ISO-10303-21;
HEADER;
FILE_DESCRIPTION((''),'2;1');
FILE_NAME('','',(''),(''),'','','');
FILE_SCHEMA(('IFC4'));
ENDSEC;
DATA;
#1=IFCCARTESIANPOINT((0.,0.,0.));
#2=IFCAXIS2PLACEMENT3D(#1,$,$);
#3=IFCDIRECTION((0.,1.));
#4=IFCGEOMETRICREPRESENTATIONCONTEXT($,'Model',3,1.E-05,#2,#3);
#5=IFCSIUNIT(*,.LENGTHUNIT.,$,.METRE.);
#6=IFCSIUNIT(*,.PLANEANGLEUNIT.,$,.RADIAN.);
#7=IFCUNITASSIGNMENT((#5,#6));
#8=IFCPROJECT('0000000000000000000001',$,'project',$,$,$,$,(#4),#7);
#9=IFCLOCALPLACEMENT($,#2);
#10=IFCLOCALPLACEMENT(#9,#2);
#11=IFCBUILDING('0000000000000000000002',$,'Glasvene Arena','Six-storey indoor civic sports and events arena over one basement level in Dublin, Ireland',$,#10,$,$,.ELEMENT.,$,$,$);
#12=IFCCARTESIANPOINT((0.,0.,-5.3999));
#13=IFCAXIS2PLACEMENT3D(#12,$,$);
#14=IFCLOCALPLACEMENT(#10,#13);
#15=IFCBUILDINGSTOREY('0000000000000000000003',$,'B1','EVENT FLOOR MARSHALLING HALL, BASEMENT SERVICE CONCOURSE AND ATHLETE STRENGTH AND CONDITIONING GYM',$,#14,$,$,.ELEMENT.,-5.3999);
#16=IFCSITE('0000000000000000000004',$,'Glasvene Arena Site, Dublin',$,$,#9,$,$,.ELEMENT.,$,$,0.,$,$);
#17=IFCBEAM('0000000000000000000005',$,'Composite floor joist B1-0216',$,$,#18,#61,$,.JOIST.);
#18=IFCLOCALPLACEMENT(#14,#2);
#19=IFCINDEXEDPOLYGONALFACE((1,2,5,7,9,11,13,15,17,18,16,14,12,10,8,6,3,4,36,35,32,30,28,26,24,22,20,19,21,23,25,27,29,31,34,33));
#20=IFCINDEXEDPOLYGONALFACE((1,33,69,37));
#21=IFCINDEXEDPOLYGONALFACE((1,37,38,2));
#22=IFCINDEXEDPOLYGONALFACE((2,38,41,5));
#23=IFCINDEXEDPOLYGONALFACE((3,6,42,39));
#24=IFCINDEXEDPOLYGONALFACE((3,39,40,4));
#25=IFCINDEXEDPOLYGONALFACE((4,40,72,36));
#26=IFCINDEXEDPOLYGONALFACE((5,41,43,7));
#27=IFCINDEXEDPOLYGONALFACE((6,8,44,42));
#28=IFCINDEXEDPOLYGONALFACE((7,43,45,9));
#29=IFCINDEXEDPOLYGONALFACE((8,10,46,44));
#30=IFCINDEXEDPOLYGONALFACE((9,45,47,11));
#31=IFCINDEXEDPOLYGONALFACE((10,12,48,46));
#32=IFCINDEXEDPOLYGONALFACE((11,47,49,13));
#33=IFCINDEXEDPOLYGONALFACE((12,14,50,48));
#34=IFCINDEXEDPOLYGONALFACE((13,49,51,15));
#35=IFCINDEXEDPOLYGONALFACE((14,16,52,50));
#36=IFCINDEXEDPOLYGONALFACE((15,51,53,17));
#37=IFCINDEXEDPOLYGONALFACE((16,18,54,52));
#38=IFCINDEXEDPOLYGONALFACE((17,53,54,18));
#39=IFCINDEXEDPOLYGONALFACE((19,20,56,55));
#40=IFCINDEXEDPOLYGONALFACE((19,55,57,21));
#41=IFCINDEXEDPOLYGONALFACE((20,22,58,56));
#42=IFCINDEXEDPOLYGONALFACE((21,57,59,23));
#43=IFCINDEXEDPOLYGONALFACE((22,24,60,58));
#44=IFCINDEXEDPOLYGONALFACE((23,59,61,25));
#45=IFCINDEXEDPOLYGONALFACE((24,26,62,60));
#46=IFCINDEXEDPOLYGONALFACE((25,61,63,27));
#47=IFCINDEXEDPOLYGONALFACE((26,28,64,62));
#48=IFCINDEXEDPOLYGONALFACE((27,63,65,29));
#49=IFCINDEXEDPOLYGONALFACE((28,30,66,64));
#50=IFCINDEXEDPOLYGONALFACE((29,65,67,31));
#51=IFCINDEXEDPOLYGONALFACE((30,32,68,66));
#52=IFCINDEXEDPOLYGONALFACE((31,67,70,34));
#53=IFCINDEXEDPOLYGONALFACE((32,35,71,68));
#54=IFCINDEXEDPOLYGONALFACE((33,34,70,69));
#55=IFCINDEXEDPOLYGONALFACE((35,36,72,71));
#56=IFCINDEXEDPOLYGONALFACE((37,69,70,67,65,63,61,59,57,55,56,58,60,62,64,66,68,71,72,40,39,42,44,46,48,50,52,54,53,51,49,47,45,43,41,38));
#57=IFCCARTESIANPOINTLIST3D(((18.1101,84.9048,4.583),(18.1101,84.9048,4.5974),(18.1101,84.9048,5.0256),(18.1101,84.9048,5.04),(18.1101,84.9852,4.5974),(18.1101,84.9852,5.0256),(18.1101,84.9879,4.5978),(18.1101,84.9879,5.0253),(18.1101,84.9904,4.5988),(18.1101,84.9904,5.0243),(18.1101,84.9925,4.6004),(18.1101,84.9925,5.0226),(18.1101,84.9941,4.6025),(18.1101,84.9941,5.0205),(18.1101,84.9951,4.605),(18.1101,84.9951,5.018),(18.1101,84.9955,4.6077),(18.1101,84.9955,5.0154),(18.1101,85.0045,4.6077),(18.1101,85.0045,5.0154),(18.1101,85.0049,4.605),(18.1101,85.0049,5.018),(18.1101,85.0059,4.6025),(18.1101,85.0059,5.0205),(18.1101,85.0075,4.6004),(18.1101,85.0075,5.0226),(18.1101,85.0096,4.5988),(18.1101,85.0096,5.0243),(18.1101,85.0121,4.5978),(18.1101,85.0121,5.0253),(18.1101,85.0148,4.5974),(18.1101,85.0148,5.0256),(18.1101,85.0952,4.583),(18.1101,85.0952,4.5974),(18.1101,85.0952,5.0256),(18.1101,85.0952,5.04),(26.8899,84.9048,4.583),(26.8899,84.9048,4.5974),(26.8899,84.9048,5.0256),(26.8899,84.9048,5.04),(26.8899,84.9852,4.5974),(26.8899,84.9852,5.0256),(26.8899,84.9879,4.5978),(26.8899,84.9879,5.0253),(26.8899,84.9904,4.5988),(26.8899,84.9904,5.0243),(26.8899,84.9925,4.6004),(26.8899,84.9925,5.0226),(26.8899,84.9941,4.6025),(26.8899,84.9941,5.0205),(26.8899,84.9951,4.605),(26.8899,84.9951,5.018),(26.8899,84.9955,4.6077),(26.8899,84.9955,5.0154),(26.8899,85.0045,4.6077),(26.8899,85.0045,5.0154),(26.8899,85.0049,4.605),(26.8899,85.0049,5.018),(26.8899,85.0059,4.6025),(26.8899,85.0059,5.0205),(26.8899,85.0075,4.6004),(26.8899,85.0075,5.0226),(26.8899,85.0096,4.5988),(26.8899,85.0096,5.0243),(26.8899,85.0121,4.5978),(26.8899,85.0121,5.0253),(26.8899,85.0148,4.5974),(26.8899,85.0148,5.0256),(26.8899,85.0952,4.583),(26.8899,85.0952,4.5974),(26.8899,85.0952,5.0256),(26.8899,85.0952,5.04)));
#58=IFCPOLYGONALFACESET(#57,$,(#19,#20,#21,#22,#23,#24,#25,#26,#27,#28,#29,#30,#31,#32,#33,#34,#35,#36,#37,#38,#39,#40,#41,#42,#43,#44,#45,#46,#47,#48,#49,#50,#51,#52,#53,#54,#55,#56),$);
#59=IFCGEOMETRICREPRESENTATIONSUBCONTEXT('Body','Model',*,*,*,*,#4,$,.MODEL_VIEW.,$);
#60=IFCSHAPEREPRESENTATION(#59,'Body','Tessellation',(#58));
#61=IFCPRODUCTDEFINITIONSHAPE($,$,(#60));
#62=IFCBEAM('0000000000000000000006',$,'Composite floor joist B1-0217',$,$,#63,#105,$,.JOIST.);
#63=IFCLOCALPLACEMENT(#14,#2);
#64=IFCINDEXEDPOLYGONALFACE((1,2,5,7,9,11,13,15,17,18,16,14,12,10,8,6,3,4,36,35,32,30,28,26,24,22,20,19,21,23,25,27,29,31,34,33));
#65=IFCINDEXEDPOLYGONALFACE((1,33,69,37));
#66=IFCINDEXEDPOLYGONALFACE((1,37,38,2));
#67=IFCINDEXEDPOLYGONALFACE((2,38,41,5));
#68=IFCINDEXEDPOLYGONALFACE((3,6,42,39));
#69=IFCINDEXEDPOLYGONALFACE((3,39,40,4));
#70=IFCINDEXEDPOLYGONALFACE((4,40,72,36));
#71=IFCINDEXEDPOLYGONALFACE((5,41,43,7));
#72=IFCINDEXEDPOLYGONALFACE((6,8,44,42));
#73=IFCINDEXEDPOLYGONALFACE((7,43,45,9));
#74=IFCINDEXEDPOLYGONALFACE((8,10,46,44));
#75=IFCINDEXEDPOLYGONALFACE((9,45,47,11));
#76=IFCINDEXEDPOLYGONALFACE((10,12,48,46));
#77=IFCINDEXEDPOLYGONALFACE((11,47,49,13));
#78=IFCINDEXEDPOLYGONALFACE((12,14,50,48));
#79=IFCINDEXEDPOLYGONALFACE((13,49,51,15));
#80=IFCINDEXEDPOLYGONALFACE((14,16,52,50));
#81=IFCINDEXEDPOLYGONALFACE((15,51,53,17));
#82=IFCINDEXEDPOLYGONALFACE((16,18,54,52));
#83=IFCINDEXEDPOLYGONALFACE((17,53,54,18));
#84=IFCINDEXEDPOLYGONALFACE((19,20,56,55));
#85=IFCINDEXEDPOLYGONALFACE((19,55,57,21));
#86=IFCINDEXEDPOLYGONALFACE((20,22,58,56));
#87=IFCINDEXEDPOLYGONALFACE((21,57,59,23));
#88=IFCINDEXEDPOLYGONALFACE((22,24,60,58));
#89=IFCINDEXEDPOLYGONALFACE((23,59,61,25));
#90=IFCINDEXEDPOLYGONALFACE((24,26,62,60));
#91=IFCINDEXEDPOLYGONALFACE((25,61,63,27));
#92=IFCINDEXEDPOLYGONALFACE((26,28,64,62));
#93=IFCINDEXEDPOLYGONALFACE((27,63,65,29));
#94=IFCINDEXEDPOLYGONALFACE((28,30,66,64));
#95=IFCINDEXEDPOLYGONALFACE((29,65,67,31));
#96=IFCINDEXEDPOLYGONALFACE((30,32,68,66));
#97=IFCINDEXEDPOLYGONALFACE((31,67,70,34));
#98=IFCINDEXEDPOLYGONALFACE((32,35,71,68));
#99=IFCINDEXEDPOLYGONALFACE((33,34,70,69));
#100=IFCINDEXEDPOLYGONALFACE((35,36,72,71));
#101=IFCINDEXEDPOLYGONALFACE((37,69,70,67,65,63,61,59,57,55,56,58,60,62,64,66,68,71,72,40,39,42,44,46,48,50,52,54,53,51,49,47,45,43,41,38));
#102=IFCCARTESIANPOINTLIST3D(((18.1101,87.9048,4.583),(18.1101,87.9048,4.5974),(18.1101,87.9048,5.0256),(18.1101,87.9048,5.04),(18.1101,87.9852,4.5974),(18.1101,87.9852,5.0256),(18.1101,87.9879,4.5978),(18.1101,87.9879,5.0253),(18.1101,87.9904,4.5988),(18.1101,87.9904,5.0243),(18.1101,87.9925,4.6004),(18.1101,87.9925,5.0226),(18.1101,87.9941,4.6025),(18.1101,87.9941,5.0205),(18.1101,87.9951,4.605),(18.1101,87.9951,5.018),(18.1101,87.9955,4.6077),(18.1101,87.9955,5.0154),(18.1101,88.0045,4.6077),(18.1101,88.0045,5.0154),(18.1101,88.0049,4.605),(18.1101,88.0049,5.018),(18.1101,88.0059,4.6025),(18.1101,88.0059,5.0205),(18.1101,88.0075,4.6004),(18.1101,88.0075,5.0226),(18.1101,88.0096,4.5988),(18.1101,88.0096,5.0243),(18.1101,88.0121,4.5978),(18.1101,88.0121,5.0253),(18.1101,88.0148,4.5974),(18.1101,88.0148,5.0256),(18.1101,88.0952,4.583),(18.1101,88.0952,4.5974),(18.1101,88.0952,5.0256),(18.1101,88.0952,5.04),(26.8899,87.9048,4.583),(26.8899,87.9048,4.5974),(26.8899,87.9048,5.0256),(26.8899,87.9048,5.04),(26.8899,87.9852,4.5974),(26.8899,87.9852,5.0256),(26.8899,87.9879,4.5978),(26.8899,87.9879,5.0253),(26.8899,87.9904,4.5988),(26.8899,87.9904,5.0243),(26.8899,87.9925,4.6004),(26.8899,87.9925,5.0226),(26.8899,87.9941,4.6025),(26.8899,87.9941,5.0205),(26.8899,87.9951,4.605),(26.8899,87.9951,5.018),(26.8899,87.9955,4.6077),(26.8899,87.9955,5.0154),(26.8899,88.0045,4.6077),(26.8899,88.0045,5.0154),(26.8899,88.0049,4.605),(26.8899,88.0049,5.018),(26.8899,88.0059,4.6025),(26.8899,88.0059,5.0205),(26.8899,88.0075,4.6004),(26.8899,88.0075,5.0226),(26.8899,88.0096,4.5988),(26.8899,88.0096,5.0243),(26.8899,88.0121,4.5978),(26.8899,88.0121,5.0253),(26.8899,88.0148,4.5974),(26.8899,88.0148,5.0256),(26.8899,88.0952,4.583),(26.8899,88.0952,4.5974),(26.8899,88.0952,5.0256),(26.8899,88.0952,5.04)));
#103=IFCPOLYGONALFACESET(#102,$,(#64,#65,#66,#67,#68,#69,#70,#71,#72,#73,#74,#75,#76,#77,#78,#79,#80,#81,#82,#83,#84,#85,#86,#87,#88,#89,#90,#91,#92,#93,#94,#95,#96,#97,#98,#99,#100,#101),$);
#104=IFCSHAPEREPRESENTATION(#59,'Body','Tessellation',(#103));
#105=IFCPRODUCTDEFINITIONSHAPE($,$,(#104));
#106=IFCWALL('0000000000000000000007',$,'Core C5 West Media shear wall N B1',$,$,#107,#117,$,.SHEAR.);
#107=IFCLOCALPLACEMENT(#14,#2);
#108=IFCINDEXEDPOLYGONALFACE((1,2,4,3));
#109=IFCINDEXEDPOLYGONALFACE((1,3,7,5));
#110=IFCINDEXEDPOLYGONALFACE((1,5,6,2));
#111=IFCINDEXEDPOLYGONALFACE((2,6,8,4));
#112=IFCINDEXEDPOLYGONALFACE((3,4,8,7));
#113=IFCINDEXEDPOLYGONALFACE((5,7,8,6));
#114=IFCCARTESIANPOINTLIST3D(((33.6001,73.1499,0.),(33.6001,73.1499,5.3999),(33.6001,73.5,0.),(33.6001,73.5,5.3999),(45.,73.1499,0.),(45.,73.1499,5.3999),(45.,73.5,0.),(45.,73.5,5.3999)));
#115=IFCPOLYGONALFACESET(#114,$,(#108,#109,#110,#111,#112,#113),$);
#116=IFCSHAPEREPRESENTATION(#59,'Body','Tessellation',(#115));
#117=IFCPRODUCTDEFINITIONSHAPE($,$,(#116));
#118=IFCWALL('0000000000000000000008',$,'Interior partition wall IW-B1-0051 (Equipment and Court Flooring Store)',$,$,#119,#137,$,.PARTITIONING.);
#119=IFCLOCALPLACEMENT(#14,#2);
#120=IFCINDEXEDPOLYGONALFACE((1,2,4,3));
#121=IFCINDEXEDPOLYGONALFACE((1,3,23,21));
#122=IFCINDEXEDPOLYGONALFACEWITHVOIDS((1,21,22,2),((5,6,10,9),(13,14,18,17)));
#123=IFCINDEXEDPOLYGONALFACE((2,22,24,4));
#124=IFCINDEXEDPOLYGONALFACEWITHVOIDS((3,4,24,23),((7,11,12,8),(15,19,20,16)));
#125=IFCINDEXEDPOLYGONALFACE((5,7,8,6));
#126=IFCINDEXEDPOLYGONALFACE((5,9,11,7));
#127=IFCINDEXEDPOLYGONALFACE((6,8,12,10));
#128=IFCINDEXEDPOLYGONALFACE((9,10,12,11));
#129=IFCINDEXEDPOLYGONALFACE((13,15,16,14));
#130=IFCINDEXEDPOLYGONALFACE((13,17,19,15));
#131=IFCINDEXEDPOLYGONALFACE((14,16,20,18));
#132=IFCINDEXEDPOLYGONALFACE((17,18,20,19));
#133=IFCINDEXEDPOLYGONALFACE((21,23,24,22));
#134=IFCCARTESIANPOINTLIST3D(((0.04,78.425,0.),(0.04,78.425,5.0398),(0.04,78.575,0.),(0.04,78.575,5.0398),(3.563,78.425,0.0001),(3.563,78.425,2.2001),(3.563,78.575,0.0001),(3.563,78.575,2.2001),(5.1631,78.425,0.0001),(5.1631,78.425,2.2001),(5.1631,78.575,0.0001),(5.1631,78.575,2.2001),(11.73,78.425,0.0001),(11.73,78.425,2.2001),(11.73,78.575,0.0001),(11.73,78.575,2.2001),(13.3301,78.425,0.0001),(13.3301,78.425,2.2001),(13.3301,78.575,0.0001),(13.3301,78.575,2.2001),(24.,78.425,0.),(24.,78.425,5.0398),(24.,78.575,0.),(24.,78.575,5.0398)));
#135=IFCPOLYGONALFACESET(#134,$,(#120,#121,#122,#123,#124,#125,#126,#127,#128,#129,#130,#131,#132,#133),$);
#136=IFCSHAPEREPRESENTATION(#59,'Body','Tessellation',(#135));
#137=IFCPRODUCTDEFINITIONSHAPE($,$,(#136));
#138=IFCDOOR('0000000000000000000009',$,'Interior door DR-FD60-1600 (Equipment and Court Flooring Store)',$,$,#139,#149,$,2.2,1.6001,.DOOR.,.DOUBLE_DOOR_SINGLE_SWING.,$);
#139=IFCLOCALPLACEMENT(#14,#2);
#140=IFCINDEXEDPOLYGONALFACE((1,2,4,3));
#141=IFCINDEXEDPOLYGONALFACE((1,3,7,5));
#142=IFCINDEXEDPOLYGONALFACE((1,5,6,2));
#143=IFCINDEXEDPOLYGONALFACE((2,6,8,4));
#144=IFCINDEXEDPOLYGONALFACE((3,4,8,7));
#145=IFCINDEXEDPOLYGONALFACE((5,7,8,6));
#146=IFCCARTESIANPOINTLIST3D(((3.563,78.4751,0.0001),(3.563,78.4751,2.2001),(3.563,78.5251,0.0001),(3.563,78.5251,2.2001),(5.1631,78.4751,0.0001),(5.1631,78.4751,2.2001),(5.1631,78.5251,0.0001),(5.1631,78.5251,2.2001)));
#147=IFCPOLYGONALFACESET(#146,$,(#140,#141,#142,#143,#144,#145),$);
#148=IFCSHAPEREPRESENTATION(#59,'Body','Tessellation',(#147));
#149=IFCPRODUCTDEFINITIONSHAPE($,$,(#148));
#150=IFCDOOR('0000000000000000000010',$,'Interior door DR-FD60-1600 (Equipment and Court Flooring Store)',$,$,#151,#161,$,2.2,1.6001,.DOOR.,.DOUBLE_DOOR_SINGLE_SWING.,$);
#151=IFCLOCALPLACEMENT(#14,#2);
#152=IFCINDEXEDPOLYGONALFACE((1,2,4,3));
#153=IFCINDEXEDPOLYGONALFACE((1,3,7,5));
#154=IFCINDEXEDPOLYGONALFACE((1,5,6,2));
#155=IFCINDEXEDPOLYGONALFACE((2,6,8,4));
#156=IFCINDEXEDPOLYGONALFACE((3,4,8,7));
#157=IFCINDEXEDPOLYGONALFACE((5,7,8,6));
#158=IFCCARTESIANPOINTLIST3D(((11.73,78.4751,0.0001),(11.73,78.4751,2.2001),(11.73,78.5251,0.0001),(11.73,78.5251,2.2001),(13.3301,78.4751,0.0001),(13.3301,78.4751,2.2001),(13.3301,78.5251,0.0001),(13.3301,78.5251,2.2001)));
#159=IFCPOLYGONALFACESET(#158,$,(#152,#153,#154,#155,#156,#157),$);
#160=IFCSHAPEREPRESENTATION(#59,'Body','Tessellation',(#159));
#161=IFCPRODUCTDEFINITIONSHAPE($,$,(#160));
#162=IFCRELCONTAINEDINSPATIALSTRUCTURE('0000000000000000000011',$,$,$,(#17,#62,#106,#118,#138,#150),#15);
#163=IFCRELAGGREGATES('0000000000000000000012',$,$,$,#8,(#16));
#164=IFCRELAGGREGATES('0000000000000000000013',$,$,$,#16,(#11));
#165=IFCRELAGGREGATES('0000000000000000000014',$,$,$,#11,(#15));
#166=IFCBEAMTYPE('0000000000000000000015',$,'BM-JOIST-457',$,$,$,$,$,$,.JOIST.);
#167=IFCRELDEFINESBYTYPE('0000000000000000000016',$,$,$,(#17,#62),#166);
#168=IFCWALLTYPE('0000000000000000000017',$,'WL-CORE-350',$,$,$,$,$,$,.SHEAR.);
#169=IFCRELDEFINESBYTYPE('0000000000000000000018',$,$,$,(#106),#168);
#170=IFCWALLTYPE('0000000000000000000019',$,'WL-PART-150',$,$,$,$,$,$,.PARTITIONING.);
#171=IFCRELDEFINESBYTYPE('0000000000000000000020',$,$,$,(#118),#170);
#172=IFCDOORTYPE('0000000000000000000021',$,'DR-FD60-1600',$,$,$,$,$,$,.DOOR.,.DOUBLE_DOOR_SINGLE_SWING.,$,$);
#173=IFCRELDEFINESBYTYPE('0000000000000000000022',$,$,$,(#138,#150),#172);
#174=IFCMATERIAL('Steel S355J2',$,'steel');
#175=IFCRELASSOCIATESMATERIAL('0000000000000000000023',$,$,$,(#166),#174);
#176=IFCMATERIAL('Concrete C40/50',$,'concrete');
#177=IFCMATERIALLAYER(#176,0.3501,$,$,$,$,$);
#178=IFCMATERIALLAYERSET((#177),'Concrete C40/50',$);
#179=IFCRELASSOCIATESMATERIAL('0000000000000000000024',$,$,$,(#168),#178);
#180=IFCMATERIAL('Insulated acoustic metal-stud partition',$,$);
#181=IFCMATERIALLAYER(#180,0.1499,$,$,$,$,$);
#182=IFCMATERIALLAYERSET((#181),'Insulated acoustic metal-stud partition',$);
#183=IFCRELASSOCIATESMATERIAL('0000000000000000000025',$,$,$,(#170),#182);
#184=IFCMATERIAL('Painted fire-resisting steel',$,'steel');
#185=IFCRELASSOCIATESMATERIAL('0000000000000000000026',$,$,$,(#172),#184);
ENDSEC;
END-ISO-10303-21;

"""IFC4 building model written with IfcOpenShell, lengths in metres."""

from ifc_helpers import new_model, si_unit, direction, frame, frame_2d, origin, origin_2d, place, context, subcontext, project, spatial, rectangle, i_section, extrude, material, layer, layer_set, material_profile, profile_set, type_object, element, fill, save


model = new_model("IFC4")

# Units and contexts
model_context = context("Model", 3, precision=1e-05, world=origin(), true_north=direction((0.0, 1.0)))
body_context = subcontext(model_context, "Body", "Model", "MODEL_VIEW")
ifc_project = project(units=[si_unit("LENGTHUNIT", "METRE"), si_unit("PLANEANGLEUNIT", "RADIAN")], contexts=[model_context])

# Site, building, storey
site_placement = place(None, origin())
site = spatial("IfcSite", under=ifc_project, at=site_placement, Name="Glasvene Arena Site, Dublin", CompositionType="ELEMENT", RefElevation=0.0)
building_placement = place(site_placement, origin())
building = spatial("IfcBuilding", under=site, at=building_placement, Name="Glasvene Arena", Description="Six-storey indoor civic sports and events arena over one basement level in Dublin, Ireland", CompositionType="ELEMENT")
storey_placement = place(building_placement, frame((0.0, 0.0, -5.3999)))
storey = spatial("IfcBuildingStorey", under=building, at=storey_placement, Name="B1", Description="EVENT FLOOR MARSHALLING HALL, BASEMENT SERVICE CONCOURSE AND ATHLETE STRENGTH AND CONDITIONING GYM", CompositionType="ELEMENT", Elevation=-5.3999)

# Shared definitions
ifc_material_1 = material(Name="Concrete C40/50", Category="concrete")

# Shared definitions
ifc_material_2 = material(Name="Steel S355J2", Category="steel")

# Beams
ifc_material_profile_1 = material_profile(ifc_material_2, i_section(OverallWidth=0.1904, OverallDepth=0.457, WebThickness=0.009, FlangeThickness=0.0144, FilletRadius=0.0103, at=origin_2d()), Name="UKB 457x191x74")
ifc_profile_set_1 = profile_set([ifc_material_profile_1], Name="Steel S355J2")
beam_type_1 = type_object("IfcBeamType", Name="BM-JOIST-457", PredefinedType="JOIST", material=ifc_profile_set_1)
for number, where, z_axis, x_axis, name in (
    (1, (18.1101, 85.0, 4.8115), (1.0, 0.0, 0.0), (0.0, 1.0, 0.0), "Composite floor joist B1-0216"),
    (2, (18.1101, 88.0, 4.8115), (1.0, 0.0, 0.0), (0.0, 1.0, 0.0), "Composite floor joist B1-0217"),
):
    element("IfcBeam", number, at=place(storey_placement, frame(where, z_axis=z_axis, x_axis=x_axis)), inside=storey, type_object=beam_type_1, Name=name, PredefinedType="JOIST", context=body_context, shape_type="SweptSolid", body=[
        extrude(i_section(OverallWidth=0.1904, OverallDepth=0.457, WebThickness=0.009, FlangeThickness=0.0144, FilletRadius=0.0103, at=origin_2d()), origin(), (0.0, 0.0, 1.0), 8.7798),
    ])

# Wall
ifc_layer_1 = layer(ifc_material_1, 0.3501)
ifc_layer_set_1 = layer_set([ifc_layer_1], Name="Concrete C40/50")
wall_type_1 = type_object("IfcWallType", Name="WL-CORE-350", PredefinedType="SHEAR", material=ifc_layer_set_1)
wall_1_placement = place(storey_placement, frame((33.6001, 73.325, 0.0), z_axis=(0.0, 0.0, 1.0), x_axis=(1.0, 0.0, 0.0)))
element("IfcWall", 3, at=wall_1_placement, inside=storey, type_object=wall_type_1, Name="Core C5 West Media shear wall N B1", PredefinedType="SHEAR", context=body_context, shape_type="SweptSolid", body=[
    extrude(rectangle(XDim=11.3999, YDim=0.3501, at=frame_2d((5.7, 0.0))), origin(), (0.0, 0.0, 1.0), 5.3999),
])

# Wall, openings, doors
ifc_material_3 = material(Name="Insulated acoustic metal-stud partition")
ifc_layer_2 = layer(ifc_material_3, 0.1499)
ifc_layer_set_2 = layer_set([ifc_layer_2], Name="Insulated acoustic metal-stud partition")
wall_type_2 = type_object("IfcWallType", Name="WL-PART-150", PredefinedType="PARTITIONING", material=ifc_layer_set_2)
wall_2_placement = place(storey_placement, frame((24.0, 78.5, 0.0), z_axis=(0.0, 0.0, 1.0), x_axis=(-1.0, 0.0, 0.0)))
wall_2 = element("IfcWall", 4, at=wall_2_placement, inside=storey, type_object=wall_type_2, Name="Interior partition wall IW-B1-0051 (Equipment and Court Flooring Store)", PredefinedType="PARTITIONING", context=body_context, shape_type="SweptSolid", body=[
    extrude(rectangle(XDim=23.96, YDim=0.1499, at=frame_2d((11.98, 0.0))), origin(), (0.0, 0.0, 1.0), 5.0398),
])
opening_1_placement = place(wall_2_placement, frame((18.8369, 0.0, 0.0)))
opening_1 = element("IfcOpeningElement", 5, at=opening_1_placement, cuts=wall_2, PredefinedType="OPENING", context=body_context, shape_type="SweptSolid", body=[
    extrude(rectangle(XDim=1.6001, YDim=2.2, at=frame_2d((0.8, 1.1001))), frame((0.0, 0.085, 0.0), z_axis=(0.0, -1.0, 0.0), x_axis=(1.0, 0.0, 0.0)), (0.0, 0.0, 1.0), 0.1699),
])
opening_2_placement = place(wall_2_placement, frame((10.6699, 0.0, 0.0)))
opening_2 = element("IfcOpeningElement", 6, at=opening_2_placement, cuts=wall_2, PredefinedType="OPENING", context=body_context, shape_type="SweptSolid", body=[
    extrude(rectangle(XDim=1.6001, YDim=2.2, at=frame_2d((0.8, 1.1001))), frame((0.0, 0.085, 0.0), z_axis=(0.0, -1.0, 0.0), x_axis=(1.0, 0.0, 0.0)), (0.0, 0.0, 1.0), 0.1699),
])
ifc_material_4 = material(Name="Painted fire-resisting steel", Category="steel")
door_type_1 = type_object("IfcDoorType", Name="DR-FD60-1600", OperationType="DOUBLE_DOOR_SINGLE_SWING", PredefinedType="DOOR", material=ifc_material_4)
door_1_placement = place(opening_1_placement, origin())
door_1 = element("IfcDoor", 7, at=door_1_placement, inside=storey, type_object=door_type_1, Name="Interior door DR-FD60-1600 (Equipment and Court Flooring Store)", OperationType="DOUBLE_DOOR_SINGLE_SWING", OverallHeight=2.2, OverallWidth=1.6001, PredefinedType="DOOR", context=body_context, shape_type="SweptSolid", body=[
    extrude(rectangle(XDim=1.6001, YDim=2.2, at=frame_2d((0.8, 1.1001))), frame((0.0, 0.0249, 0.0), z_axis=(0.0, -1.0, 0.0), x_axis=(1.0, 0.0, 0.0)), (0.0, 0.0, 1.0), 0.05),
])
fill(opening_1, door_1)
door_2_placement = place(opening_2_placement, origin())
door_2 = element("IfcDoor", 8, at=door_2_placement, inside=storey, type_object=door_type_1, Name="Interior door DR-FD60-1600 (Equipment and Court Flooring Store)", OperationType="DOUBLE_DOOR_SINGLE_SWING", OverallHeight=2.2, OverallWidth=1.6001, PredefinedType="DOOR", context=body_context, shape_type="SweptSolid", body=[
    extrude(rectangle(XDim=1.6001, YDim=2.2, at=frame_2d((0.8, 1.1001))), frame((0.0, 0.0249, 0.0), z_axis=(0.0, -1.0, 0.0), x_axis=(1.0, 0.0, 0.0)), (0.0, 0.0, 1.0), 0.05),
])
fill(opening_2, door_2)

save(model, "model.ifc")
